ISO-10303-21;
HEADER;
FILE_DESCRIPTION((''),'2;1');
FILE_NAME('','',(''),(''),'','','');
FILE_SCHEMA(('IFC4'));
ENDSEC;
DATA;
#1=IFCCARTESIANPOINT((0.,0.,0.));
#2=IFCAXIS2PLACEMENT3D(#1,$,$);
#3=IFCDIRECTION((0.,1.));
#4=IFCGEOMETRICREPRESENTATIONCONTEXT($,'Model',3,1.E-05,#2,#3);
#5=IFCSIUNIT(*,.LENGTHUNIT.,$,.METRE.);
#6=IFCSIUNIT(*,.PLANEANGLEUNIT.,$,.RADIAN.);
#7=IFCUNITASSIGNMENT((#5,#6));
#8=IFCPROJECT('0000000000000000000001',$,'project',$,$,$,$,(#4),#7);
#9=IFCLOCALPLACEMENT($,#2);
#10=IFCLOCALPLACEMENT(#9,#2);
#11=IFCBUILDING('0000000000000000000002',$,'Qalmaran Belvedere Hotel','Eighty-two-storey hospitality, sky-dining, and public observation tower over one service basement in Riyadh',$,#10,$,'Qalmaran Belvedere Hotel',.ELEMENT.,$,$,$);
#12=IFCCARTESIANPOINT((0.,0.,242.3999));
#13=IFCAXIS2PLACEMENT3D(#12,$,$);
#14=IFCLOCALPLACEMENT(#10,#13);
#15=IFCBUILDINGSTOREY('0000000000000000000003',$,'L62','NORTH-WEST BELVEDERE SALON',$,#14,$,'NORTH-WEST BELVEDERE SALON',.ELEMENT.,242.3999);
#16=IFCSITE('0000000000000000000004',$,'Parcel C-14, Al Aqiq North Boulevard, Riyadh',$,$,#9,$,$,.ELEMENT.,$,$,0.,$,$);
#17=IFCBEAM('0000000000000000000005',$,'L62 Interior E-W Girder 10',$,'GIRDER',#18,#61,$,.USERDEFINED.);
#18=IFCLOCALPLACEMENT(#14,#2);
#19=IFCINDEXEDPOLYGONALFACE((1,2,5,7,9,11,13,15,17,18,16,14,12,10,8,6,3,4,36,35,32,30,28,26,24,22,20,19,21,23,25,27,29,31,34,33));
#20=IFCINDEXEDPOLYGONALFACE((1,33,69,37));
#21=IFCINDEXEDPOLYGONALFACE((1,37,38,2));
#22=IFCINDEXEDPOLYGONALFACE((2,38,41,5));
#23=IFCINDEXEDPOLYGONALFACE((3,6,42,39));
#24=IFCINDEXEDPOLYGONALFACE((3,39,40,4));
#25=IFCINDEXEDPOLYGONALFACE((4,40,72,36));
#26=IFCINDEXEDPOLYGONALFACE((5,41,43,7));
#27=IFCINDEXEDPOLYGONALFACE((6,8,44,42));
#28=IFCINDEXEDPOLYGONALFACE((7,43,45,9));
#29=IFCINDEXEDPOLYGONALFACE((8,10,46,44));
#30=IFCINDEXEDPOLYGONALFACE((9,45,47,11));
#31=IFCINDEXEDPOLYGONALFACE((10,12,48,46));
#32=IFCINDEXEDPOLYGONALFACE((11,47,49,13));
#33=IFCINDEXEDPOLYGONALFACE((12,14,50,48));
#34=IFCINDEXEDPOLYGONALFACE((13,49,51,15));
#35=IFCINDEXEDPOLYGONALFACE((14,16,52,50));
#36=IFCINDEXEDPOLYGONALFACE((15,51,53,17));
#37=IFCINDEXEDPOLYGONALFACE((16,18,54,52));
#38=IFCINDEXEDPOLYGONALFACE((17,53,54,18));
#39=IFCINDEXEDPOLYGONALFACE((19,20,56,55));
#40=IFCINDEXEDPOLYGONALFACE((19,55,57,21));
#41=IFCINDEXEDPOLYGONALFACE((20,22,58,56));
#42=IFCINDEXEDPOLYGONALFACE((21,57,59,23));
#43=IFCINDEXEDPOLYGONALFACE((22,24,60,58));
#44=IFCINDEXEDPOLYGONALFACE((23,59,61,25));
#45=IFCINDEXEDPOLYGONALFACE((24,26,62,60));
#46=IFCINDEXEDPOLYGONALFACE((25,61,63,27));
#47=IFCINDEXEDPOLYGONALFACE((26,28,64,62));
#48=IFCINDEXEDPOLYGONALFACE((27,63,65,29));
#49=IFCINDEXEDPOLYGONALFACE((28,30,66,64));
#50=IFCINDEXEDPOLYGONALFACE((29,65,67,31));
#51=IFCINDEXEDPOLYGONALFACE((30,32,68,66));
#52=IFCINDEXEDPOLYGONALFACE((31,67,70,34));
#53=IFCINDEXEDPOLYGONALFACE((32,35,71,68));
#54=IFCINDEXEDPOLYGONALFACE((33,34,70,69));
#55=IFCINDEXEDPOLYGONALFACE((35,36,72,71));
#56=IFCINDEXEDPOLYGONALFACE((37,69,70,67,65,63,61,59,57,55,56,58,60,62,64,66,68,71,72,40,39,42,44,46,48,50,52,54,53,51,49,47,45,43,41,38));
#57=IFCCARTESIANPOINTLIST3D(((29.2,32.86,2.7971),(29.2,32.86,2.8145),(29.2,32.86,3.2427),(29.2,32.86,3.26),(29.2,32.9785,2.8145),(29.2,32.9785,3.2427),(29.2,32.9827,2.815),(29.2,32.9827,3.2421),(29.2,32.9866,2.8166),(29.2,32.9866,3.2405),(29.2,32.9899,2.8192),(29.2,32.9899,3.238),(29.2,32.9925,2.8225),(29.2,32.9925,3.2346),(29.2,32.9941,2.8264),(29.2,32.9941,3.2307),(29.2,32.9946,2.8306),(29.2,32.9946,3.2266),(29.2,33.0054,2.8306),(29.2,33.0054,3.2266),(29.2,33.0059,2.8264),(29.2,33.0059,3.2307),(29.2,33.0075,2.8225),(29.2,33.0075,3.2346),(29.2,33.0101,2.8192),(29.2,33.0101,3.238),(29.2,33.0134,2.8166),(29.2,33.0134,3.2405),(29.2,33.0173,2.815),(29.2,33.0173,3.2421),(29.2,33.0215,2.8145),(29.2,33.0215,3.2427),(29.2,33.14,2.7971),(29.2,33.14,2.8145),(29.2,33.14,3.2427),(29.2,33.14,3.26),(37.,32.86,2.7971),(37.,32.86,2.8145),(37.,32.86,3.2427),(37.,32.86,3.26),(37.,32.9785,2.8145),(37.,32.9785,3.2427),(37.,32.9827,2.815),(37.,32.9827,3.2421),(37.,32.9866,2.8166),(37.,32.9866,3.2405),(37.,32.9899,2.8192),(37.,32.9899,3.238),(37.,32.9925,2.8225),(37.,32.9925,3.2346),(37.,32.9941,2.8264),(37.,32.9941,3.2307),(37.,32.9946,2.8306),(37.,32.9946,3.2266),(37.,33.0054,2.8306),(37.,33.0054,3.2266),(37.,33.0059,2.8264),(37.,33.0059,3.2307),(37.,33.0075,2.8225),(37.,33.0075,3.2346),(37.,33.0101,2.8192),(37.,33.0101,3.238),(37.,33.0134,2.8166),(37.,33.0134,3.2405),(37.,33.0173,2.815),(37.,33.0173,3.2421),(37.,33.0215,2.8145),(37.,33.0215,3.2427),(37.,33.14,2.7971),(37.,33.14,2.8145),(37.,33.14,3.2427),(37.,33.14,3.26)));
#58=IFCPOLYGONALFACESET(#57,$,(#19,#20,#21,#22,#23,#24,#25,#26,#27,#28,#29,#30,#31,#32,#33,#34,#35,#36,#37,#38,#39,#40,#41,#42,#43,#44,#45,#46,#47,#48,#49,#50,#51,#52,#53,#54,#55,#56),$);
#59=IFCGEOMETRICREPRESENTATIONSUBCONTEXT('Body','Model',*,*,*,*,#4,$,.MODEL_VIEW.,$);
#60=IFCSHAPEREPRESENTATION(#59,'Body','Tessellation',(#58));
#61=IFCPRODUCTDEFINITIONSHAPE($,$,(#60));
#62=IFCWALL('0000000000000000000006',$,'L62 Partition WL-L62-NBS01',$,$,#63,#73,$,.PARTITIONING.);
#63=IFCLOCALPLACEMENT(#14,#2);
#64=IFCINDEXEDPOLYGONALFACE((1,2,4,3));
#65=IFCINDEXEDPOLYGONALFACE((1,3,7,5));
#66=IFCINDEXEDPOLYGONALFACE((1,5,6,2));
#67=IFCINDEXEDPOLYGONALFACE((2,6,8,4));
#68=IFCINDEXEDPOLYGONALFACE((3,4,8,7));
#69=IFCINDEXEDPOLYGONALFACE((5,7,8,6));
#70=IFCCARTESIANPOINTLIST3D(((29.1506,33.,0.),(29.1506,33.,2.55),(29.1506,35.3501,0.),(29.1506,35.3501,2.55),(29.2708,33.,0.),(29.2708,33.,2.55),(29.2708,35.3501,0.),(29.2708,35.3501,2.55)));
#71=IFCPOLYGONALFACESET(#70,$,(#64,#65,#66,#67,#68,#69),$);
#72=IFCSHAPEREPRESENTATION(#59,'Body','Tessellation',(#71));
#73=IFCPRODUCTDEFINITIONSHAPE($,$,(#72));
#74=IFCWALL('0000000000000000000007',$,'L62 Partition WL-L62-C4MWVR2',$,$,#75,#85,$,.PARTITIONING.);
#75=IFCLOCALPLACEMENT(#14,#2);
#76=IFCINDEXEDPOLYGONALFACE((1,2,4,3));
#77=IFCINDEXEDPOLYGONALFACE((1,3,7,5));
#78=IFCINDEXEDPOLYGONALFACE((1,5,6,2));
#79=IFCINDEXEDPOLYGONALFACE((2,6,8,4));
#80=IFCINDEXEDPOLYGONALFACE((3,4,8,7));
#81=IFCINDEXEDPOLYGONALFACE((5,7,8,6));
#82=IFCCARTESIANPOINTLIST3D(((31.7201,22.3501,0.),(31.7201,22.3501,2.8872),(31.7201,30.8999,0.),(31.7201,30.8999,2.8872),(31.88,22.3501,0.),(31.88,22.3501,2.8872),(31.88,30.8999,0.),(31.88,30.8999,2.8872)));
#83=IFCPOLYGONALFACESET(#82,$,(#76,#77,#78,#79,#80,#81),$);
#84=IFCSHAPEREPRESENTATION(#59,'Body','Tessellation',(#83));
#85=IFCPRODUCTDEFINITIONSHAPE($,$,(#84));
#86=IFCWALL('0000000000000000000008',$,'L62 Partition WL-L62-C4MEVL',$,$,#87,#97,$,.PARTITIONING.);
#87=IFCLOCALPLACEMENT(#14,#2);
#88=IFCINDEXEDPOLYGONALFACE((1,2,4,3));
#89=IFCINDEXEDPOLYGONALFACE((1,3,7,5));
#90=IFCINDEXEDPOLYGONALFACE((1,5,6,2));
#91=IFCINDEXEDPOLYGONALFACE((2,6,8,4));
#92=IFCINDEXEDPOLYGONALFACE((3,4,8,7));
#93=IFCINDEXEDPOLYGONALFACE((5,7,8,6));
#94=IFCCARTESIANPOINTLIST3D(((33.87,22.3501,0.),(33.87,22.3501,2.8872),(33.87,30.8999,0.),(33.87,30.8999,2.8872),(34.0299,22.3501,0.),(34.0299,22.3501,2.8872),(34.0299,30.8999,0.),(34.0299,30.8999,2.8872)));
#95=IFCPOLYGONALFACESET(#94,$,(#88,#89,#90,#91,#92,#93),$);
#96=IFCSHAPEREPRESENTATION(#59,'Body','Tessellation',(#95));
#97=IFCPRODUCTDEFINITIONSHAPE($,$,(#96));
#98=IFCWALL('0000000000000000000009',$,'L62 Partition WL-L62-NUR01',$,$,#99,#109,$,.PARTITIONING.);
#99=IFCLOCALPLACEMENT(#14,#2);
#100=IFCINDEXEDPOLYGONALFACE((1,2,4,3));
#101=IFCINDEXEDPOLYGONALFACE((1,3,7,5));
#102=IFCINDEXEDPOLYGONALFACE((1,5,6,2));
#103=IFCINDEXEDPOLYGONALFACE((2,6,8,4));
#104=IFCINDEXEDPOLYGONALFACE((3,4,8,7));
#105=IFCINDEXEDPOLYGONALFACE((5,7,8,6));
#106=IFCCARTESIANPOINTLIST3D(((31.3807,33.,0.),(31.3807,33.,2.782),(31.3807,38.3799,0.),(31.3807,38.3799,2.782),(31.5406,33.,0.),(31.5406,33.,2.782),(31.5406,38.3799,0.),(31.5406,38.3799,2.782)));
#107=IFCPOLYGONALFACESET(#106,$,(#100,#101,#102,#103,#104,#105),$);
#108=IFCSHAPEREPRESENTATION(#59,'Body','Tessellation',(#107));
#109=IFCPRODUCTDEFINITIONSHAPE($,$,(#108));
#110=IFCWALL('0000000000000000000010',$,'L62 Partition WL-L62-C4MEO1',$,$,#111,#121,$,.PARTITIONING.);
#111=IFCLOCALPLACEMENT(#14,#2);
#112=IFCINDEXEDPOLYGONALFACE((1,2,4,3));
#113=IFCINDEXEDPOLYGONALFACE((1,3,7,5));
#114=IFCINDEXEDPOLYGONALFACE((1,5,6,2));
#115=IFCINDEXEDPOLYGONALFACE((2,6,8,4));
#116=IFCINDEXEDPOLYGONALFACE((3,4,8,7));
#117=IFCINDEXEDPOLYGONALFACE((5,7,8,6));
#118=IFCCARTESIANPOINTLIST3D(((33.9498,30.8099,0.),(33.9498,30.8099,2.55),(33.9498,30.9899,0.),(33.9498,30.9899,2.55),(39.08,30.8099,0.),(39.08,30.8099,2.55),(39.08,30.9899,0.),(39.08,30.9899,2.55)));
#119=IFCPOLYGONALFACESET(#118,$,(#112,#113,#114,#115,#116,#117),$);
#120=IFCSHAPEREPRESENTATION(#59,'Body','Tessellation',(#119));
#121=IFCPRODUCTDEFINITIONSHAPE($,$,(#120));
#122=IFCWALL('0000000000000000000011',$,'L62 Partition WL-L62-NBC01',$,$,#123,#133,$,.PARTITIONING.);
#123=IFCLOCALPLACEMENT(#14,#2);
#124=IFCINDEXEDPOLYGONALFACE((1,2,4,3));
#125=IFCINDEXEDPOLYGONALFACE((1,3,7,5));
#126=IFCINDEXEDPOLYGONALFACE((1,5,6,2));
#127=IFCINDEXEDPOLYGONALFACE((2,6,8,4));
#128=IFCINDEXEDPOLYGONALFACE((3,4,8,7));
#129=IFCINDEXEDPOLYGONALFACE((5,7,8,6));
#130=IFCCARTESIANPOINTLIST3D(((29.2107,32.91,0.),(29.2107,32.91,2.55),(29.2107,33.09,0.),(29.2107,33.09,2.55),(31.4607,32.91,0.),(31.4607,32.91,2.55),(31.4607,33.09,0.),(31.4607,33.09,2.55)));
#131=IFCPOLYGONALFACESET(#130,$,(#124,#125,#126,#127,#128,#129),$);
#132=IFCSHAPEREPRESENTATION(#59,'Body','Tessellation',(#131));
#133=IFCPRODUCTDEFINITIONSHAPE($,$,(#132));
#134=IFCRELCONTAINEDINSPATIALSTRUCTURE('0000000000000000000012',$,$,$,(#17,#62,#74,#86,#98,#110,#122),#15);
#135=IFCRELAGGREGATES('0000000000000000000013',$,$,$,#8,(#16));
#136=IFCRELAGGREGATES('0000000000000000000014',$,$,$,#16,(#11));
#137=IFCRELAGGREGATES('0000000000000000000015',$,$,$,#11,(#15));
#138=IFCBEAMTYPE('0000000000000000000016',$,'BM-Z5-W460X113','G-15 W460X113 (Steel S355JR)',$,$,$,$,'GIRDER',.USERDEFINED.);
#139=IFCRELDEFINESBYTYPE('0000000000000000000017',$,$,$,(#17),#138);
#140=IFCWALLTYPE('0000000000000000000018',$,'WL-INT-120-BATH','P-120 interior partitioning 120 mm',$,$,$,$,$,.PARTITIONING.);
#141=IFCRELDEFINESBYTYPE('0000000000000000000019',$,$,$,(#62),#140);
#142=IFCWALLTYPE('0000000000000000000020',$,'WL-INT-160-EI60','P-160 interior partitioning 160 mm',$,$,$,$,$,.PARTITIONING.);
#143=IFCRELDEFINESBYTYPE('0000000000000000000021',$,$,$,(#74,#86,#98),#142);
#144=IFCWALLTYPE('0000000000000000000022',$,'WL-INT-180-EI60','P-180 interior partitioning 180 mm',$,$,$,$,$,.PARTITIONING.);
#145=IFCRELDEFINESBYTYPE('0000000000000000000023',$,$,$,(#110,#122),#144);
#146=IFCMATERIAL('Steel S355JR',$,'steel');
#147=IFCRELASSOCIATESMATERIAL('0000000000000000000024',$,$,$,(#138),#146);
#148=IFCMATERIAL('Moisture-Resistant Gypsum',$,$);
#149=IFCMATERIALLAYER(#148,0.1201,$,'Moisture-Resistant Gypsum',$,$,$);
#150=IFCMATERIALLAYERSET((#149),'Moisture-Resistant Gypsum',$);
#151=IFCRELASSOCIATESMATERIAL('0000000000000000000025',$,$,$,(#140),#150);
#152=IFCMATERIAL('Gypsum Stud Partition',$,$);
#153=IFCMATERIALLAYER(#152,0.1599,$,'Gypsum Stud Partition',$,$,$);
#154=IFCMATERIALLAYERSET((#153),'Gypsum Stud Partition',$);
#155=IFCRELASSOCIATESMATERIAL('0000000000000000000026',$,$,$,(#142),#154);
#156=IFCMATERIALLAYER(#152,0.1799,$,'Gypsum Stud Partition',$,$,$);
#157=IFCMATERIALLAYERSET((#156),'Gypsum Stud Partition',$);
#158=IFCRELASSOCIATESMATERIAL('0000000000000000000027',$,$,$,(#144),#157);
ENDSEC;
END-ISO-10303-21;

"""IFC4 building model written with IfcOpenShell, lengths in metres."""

from ifc_helpers import new_model, si_unit, direction, frame, frame_2d, origin, origin_2d, place, context, subcontext, project, spatial, rectangle, i_section, extrude, material, layer, layer_set, material_profile, profile_set, type_object, element, save


model = new_model("IFC4")

# Units and contexts
model_context = context("Model", 3, precision=1e-05, world=origin(), true_north=direction((0.0, 1.0)))
body_context = subcontext(model_context, "Body", "Model", "MODEL_VIEW")
ifc_project = project(units=[si_unit("LENGTHUNIT", "METRE"), si_unit("PLANEANGLEUNIT", "RADIAN")], contexts=[model_context])

# Site, building, storey
site_placement = place(None, origin())
site = spatial("IfcSite", under=ifc_project, at=site_placement, Name="Parcel C-14, Al Aqiq North Boulevard, Riyadh", CompositionType="ELEMENT", RefElevation=0.0)
building_placement = place(site_placement, origin())
building = spatial("IfcBuilding", under=site, at=building_placement, Name="Qalmaran Belvedere Hotel", Description="Eighty-two-storey hospitality, sky-dining, and public observation tower over one service basement in Riyadh", LongName="Qalmaran Belvedere Hotel", CompositionType="ELEMENT")
storey_placement = place(building_placement, frame((0.0, 0.0, 242.3999)))
storey = spatial("IfcBuildingStorey", under=building, at=storey_placement, Name="L62", Description="NORTH-WEST BELVEDERE SALON", LongName="NORTH-WEST BELVEDERE SALON", CompositionType="ELEMENT", Elevation=242.3999)

# Beam
ifc_material_1 = material(Name="Steel S355JR", Category="steel")
ifc_material_profile_1 = material_profile(ifc_material_1, i_section(OverallWidth=0.28, OverallDepth=0.4629, WebThickness=0.0107, FlangeThickness=0.0173, FilletRadius=0.0161, at=origin_2d()), Name="W460X113")
ifc_profile_set_1 = profile_set([ifc_material_profile_1], Name="Steel S355JR")
beam_type_1 = type_object("IfcBeamType", Name="BM-Z5-W460X113", Description="G-15 W460X113 (Steel S355JR)", ElementType="GIRDER", PredefinedType="USERDEFINED", material=ifc_profile_set_1)
beam_1_placement = place(storey_placement, frame((29.2, 33.0, 3.0286), z_axis=(1.0, 0.0, 0.0), x_axis=(0.0, 1.0, 0.0)))
element("IfcBeam", 1, at=beam_1_placement, inside=storey, type_object=beam_type_1, Name="L62 Interior E-W Girder 10", ObjectType="GIRDER", PredefinedType="USERDEFINED", context=body_context, shape_type="SweptSolid", body=[
    extrude(i_section(OverallWidth=0.28, OverallDepth=0.4629, WebThickness=0.0107, FlangeThickness=0.0173, FilletRadius=0.0161, at=origin_2d()), origin(), (0.0, 0.0, 1.0), 7.8),
])

# Wall
ifc_material_2 = material(Name="Moisture-Resistant Gypsum")
ifc_layer_1 = layer(ifc_material_2, 0.1201, Name="Moisture-Resistant Gypsum")
ifc_layer_set_1 = layer_set([ifc_layer_1], Name="Moisture-Resistant Gypsum")
wall_type_1 = type_object("IfcWallType", Name="WL-INT-120-BATH", Description="P-120 interior partitioning 120 mm", PredefinedType="PARTITIONING", material=ifc_layer_set_1)
wall_1_placement = place(storey_placement, frame((29.2107, 33.0, 0.0), z_axis=(0.0, 0.0, 1.0), x_axis=(0.0, 1.0, 0.0)))
element("IfcWall", 2, at=wall_1_placement, inside=storey, type_object=wall_type_1, Name="L62 Partition WL-L62-NBS01", PredefinedType="PARTITIONING", context=body_context, shape_type="SweptSolid", body=[
    extrude(rectangle(XDim=2.3501, YDim=0.1201, at=frame_2d((1.175, 0.0))), origin(), (0.0, 0.0, 1.0), 2.55),
])

# Shared definitions
ifc_material_3 = material(Name="Gypsum Stud Partition")

# Walls
ifc_layer_2 = layer(ifc_material_3, 0.1599, Name="Gypsum Stud Partition")
ifc_layer_set_2 = layer_set([ifc_layer_2], Name="Gypsum Stud Partition")
wall_type_2 = type_object("IfcWallType", Name="WL-INT-160-EI60", Description="P-160 interior partitioning 160 mm", PredefinedType="PARTITIONING", material=ifc_layer_set_2)
for number, where, z_axis, x_axis, name in (
    (3, (31.8, 22.3501, 0.0), (0.0, 0.0, 1.0), (0.0, 1.0, 0.0), "L62 Partition WL-L62-C4MWVR2"),
    (4, (33.95, 22.3501, 0.0), (0.0, 0.0, 1.0), (0.0, 1.0, 0.0), "L62 Partition WL-L62-C4MEVL"),
):
    element("IfcWall", number, at=place(storey_placement, frame(where, z_axis=z_axis, x_axis=x_axis)), inside=storey, type_object=wall_type_2, Name=name, PredefinedType="PARTITIONING", context=body_context, shape_type="SweptSolid", body=[
        extrude(rectangle(XDim=8.5498, YDim=0.1599, at=frame_2d((4.2749, 0.0))), origin(), (0.0, 0.0, 1.0), 2.8872),
    ])
wall_2_placement = place(storey_placement, frame((31.4607, 33.0, 0.0), z_axis=(0.0, 0.0, 1.0), x_axis=(0.0, 1.0, 0.0)))
element("IfcWall", 5, at=wall_2_placement, inside=storey, type_object=wall_type_2, Name="L62 Partition WL-L62-NUR01", PredefinedType="PARTITIONING", context=body_context, shape_type="SweptSolid", body=[
    extrude(rectangle(XDim=5.3799, YDim=0.1599, at=frame_2d((2.6899, 0.0))), origin(), (0.0, 0.0, 1.0), 2.782),
])

# Shared definitions
ifc_layer_3 = layer(ifc_material_3, 0.1799, Name="Gypsum Stud Partition")
ifc_layer_set_3 = layer_set([ifc_layer_3], Name="Gypsum Stud Partition")
wall_type_3 = type_object("IfcWallType", Name="WL-INT-180-EI60", Description="P-180 interior partitioning 180 mm", PredefinedType="PARTITIONING", material=ifc_layer_set_3)

# Walls
wall_3_placement = place(storey_placement, frame((33.95, 30.8999, 0.0), z_axis=(0.0, 0.0, 1.0), x_axis=(1.0, 0.0, 0.0)))
element("IfcWall", 6, at=wall_3_placement, inside=storey, type_object=wall_type_3, Name="L62 Partition WL-L62-C4MEO1", PredefinedType="PARTITIONING", context=body_context, shape_type="SweptSolid", body=[
    extrude(rectangle(XDim=5.1301, YDim=0.1799, at=frame_2d((2.5649, 0.0))), origin(), (0.0, 0.0, 1.0), 2.55),
])
wall_4_placement = place(storey_placement, frame((29.2107, 33.0, 0.0), z_axis=(0.0, 0.0, 1.0), x_axis=(1.0, 0.0, 0.0)))
element("IfcWall", 7, at=wall_4_placement, inside=storey, type_object=wall_type_3, Name="L62 Partition WL-L62-NBC01", PredefinedType="PARTITIONING", context=body_context, shape_type="SweptSolid", body=[
    extrude(rectangle(XDim=2.25, YDim=0.1799, at=frame_2d((1.125, 0.0))), origin(), (0.0, 0.0, 1.0), 2.55),
])

save(model, "model.ifc")
